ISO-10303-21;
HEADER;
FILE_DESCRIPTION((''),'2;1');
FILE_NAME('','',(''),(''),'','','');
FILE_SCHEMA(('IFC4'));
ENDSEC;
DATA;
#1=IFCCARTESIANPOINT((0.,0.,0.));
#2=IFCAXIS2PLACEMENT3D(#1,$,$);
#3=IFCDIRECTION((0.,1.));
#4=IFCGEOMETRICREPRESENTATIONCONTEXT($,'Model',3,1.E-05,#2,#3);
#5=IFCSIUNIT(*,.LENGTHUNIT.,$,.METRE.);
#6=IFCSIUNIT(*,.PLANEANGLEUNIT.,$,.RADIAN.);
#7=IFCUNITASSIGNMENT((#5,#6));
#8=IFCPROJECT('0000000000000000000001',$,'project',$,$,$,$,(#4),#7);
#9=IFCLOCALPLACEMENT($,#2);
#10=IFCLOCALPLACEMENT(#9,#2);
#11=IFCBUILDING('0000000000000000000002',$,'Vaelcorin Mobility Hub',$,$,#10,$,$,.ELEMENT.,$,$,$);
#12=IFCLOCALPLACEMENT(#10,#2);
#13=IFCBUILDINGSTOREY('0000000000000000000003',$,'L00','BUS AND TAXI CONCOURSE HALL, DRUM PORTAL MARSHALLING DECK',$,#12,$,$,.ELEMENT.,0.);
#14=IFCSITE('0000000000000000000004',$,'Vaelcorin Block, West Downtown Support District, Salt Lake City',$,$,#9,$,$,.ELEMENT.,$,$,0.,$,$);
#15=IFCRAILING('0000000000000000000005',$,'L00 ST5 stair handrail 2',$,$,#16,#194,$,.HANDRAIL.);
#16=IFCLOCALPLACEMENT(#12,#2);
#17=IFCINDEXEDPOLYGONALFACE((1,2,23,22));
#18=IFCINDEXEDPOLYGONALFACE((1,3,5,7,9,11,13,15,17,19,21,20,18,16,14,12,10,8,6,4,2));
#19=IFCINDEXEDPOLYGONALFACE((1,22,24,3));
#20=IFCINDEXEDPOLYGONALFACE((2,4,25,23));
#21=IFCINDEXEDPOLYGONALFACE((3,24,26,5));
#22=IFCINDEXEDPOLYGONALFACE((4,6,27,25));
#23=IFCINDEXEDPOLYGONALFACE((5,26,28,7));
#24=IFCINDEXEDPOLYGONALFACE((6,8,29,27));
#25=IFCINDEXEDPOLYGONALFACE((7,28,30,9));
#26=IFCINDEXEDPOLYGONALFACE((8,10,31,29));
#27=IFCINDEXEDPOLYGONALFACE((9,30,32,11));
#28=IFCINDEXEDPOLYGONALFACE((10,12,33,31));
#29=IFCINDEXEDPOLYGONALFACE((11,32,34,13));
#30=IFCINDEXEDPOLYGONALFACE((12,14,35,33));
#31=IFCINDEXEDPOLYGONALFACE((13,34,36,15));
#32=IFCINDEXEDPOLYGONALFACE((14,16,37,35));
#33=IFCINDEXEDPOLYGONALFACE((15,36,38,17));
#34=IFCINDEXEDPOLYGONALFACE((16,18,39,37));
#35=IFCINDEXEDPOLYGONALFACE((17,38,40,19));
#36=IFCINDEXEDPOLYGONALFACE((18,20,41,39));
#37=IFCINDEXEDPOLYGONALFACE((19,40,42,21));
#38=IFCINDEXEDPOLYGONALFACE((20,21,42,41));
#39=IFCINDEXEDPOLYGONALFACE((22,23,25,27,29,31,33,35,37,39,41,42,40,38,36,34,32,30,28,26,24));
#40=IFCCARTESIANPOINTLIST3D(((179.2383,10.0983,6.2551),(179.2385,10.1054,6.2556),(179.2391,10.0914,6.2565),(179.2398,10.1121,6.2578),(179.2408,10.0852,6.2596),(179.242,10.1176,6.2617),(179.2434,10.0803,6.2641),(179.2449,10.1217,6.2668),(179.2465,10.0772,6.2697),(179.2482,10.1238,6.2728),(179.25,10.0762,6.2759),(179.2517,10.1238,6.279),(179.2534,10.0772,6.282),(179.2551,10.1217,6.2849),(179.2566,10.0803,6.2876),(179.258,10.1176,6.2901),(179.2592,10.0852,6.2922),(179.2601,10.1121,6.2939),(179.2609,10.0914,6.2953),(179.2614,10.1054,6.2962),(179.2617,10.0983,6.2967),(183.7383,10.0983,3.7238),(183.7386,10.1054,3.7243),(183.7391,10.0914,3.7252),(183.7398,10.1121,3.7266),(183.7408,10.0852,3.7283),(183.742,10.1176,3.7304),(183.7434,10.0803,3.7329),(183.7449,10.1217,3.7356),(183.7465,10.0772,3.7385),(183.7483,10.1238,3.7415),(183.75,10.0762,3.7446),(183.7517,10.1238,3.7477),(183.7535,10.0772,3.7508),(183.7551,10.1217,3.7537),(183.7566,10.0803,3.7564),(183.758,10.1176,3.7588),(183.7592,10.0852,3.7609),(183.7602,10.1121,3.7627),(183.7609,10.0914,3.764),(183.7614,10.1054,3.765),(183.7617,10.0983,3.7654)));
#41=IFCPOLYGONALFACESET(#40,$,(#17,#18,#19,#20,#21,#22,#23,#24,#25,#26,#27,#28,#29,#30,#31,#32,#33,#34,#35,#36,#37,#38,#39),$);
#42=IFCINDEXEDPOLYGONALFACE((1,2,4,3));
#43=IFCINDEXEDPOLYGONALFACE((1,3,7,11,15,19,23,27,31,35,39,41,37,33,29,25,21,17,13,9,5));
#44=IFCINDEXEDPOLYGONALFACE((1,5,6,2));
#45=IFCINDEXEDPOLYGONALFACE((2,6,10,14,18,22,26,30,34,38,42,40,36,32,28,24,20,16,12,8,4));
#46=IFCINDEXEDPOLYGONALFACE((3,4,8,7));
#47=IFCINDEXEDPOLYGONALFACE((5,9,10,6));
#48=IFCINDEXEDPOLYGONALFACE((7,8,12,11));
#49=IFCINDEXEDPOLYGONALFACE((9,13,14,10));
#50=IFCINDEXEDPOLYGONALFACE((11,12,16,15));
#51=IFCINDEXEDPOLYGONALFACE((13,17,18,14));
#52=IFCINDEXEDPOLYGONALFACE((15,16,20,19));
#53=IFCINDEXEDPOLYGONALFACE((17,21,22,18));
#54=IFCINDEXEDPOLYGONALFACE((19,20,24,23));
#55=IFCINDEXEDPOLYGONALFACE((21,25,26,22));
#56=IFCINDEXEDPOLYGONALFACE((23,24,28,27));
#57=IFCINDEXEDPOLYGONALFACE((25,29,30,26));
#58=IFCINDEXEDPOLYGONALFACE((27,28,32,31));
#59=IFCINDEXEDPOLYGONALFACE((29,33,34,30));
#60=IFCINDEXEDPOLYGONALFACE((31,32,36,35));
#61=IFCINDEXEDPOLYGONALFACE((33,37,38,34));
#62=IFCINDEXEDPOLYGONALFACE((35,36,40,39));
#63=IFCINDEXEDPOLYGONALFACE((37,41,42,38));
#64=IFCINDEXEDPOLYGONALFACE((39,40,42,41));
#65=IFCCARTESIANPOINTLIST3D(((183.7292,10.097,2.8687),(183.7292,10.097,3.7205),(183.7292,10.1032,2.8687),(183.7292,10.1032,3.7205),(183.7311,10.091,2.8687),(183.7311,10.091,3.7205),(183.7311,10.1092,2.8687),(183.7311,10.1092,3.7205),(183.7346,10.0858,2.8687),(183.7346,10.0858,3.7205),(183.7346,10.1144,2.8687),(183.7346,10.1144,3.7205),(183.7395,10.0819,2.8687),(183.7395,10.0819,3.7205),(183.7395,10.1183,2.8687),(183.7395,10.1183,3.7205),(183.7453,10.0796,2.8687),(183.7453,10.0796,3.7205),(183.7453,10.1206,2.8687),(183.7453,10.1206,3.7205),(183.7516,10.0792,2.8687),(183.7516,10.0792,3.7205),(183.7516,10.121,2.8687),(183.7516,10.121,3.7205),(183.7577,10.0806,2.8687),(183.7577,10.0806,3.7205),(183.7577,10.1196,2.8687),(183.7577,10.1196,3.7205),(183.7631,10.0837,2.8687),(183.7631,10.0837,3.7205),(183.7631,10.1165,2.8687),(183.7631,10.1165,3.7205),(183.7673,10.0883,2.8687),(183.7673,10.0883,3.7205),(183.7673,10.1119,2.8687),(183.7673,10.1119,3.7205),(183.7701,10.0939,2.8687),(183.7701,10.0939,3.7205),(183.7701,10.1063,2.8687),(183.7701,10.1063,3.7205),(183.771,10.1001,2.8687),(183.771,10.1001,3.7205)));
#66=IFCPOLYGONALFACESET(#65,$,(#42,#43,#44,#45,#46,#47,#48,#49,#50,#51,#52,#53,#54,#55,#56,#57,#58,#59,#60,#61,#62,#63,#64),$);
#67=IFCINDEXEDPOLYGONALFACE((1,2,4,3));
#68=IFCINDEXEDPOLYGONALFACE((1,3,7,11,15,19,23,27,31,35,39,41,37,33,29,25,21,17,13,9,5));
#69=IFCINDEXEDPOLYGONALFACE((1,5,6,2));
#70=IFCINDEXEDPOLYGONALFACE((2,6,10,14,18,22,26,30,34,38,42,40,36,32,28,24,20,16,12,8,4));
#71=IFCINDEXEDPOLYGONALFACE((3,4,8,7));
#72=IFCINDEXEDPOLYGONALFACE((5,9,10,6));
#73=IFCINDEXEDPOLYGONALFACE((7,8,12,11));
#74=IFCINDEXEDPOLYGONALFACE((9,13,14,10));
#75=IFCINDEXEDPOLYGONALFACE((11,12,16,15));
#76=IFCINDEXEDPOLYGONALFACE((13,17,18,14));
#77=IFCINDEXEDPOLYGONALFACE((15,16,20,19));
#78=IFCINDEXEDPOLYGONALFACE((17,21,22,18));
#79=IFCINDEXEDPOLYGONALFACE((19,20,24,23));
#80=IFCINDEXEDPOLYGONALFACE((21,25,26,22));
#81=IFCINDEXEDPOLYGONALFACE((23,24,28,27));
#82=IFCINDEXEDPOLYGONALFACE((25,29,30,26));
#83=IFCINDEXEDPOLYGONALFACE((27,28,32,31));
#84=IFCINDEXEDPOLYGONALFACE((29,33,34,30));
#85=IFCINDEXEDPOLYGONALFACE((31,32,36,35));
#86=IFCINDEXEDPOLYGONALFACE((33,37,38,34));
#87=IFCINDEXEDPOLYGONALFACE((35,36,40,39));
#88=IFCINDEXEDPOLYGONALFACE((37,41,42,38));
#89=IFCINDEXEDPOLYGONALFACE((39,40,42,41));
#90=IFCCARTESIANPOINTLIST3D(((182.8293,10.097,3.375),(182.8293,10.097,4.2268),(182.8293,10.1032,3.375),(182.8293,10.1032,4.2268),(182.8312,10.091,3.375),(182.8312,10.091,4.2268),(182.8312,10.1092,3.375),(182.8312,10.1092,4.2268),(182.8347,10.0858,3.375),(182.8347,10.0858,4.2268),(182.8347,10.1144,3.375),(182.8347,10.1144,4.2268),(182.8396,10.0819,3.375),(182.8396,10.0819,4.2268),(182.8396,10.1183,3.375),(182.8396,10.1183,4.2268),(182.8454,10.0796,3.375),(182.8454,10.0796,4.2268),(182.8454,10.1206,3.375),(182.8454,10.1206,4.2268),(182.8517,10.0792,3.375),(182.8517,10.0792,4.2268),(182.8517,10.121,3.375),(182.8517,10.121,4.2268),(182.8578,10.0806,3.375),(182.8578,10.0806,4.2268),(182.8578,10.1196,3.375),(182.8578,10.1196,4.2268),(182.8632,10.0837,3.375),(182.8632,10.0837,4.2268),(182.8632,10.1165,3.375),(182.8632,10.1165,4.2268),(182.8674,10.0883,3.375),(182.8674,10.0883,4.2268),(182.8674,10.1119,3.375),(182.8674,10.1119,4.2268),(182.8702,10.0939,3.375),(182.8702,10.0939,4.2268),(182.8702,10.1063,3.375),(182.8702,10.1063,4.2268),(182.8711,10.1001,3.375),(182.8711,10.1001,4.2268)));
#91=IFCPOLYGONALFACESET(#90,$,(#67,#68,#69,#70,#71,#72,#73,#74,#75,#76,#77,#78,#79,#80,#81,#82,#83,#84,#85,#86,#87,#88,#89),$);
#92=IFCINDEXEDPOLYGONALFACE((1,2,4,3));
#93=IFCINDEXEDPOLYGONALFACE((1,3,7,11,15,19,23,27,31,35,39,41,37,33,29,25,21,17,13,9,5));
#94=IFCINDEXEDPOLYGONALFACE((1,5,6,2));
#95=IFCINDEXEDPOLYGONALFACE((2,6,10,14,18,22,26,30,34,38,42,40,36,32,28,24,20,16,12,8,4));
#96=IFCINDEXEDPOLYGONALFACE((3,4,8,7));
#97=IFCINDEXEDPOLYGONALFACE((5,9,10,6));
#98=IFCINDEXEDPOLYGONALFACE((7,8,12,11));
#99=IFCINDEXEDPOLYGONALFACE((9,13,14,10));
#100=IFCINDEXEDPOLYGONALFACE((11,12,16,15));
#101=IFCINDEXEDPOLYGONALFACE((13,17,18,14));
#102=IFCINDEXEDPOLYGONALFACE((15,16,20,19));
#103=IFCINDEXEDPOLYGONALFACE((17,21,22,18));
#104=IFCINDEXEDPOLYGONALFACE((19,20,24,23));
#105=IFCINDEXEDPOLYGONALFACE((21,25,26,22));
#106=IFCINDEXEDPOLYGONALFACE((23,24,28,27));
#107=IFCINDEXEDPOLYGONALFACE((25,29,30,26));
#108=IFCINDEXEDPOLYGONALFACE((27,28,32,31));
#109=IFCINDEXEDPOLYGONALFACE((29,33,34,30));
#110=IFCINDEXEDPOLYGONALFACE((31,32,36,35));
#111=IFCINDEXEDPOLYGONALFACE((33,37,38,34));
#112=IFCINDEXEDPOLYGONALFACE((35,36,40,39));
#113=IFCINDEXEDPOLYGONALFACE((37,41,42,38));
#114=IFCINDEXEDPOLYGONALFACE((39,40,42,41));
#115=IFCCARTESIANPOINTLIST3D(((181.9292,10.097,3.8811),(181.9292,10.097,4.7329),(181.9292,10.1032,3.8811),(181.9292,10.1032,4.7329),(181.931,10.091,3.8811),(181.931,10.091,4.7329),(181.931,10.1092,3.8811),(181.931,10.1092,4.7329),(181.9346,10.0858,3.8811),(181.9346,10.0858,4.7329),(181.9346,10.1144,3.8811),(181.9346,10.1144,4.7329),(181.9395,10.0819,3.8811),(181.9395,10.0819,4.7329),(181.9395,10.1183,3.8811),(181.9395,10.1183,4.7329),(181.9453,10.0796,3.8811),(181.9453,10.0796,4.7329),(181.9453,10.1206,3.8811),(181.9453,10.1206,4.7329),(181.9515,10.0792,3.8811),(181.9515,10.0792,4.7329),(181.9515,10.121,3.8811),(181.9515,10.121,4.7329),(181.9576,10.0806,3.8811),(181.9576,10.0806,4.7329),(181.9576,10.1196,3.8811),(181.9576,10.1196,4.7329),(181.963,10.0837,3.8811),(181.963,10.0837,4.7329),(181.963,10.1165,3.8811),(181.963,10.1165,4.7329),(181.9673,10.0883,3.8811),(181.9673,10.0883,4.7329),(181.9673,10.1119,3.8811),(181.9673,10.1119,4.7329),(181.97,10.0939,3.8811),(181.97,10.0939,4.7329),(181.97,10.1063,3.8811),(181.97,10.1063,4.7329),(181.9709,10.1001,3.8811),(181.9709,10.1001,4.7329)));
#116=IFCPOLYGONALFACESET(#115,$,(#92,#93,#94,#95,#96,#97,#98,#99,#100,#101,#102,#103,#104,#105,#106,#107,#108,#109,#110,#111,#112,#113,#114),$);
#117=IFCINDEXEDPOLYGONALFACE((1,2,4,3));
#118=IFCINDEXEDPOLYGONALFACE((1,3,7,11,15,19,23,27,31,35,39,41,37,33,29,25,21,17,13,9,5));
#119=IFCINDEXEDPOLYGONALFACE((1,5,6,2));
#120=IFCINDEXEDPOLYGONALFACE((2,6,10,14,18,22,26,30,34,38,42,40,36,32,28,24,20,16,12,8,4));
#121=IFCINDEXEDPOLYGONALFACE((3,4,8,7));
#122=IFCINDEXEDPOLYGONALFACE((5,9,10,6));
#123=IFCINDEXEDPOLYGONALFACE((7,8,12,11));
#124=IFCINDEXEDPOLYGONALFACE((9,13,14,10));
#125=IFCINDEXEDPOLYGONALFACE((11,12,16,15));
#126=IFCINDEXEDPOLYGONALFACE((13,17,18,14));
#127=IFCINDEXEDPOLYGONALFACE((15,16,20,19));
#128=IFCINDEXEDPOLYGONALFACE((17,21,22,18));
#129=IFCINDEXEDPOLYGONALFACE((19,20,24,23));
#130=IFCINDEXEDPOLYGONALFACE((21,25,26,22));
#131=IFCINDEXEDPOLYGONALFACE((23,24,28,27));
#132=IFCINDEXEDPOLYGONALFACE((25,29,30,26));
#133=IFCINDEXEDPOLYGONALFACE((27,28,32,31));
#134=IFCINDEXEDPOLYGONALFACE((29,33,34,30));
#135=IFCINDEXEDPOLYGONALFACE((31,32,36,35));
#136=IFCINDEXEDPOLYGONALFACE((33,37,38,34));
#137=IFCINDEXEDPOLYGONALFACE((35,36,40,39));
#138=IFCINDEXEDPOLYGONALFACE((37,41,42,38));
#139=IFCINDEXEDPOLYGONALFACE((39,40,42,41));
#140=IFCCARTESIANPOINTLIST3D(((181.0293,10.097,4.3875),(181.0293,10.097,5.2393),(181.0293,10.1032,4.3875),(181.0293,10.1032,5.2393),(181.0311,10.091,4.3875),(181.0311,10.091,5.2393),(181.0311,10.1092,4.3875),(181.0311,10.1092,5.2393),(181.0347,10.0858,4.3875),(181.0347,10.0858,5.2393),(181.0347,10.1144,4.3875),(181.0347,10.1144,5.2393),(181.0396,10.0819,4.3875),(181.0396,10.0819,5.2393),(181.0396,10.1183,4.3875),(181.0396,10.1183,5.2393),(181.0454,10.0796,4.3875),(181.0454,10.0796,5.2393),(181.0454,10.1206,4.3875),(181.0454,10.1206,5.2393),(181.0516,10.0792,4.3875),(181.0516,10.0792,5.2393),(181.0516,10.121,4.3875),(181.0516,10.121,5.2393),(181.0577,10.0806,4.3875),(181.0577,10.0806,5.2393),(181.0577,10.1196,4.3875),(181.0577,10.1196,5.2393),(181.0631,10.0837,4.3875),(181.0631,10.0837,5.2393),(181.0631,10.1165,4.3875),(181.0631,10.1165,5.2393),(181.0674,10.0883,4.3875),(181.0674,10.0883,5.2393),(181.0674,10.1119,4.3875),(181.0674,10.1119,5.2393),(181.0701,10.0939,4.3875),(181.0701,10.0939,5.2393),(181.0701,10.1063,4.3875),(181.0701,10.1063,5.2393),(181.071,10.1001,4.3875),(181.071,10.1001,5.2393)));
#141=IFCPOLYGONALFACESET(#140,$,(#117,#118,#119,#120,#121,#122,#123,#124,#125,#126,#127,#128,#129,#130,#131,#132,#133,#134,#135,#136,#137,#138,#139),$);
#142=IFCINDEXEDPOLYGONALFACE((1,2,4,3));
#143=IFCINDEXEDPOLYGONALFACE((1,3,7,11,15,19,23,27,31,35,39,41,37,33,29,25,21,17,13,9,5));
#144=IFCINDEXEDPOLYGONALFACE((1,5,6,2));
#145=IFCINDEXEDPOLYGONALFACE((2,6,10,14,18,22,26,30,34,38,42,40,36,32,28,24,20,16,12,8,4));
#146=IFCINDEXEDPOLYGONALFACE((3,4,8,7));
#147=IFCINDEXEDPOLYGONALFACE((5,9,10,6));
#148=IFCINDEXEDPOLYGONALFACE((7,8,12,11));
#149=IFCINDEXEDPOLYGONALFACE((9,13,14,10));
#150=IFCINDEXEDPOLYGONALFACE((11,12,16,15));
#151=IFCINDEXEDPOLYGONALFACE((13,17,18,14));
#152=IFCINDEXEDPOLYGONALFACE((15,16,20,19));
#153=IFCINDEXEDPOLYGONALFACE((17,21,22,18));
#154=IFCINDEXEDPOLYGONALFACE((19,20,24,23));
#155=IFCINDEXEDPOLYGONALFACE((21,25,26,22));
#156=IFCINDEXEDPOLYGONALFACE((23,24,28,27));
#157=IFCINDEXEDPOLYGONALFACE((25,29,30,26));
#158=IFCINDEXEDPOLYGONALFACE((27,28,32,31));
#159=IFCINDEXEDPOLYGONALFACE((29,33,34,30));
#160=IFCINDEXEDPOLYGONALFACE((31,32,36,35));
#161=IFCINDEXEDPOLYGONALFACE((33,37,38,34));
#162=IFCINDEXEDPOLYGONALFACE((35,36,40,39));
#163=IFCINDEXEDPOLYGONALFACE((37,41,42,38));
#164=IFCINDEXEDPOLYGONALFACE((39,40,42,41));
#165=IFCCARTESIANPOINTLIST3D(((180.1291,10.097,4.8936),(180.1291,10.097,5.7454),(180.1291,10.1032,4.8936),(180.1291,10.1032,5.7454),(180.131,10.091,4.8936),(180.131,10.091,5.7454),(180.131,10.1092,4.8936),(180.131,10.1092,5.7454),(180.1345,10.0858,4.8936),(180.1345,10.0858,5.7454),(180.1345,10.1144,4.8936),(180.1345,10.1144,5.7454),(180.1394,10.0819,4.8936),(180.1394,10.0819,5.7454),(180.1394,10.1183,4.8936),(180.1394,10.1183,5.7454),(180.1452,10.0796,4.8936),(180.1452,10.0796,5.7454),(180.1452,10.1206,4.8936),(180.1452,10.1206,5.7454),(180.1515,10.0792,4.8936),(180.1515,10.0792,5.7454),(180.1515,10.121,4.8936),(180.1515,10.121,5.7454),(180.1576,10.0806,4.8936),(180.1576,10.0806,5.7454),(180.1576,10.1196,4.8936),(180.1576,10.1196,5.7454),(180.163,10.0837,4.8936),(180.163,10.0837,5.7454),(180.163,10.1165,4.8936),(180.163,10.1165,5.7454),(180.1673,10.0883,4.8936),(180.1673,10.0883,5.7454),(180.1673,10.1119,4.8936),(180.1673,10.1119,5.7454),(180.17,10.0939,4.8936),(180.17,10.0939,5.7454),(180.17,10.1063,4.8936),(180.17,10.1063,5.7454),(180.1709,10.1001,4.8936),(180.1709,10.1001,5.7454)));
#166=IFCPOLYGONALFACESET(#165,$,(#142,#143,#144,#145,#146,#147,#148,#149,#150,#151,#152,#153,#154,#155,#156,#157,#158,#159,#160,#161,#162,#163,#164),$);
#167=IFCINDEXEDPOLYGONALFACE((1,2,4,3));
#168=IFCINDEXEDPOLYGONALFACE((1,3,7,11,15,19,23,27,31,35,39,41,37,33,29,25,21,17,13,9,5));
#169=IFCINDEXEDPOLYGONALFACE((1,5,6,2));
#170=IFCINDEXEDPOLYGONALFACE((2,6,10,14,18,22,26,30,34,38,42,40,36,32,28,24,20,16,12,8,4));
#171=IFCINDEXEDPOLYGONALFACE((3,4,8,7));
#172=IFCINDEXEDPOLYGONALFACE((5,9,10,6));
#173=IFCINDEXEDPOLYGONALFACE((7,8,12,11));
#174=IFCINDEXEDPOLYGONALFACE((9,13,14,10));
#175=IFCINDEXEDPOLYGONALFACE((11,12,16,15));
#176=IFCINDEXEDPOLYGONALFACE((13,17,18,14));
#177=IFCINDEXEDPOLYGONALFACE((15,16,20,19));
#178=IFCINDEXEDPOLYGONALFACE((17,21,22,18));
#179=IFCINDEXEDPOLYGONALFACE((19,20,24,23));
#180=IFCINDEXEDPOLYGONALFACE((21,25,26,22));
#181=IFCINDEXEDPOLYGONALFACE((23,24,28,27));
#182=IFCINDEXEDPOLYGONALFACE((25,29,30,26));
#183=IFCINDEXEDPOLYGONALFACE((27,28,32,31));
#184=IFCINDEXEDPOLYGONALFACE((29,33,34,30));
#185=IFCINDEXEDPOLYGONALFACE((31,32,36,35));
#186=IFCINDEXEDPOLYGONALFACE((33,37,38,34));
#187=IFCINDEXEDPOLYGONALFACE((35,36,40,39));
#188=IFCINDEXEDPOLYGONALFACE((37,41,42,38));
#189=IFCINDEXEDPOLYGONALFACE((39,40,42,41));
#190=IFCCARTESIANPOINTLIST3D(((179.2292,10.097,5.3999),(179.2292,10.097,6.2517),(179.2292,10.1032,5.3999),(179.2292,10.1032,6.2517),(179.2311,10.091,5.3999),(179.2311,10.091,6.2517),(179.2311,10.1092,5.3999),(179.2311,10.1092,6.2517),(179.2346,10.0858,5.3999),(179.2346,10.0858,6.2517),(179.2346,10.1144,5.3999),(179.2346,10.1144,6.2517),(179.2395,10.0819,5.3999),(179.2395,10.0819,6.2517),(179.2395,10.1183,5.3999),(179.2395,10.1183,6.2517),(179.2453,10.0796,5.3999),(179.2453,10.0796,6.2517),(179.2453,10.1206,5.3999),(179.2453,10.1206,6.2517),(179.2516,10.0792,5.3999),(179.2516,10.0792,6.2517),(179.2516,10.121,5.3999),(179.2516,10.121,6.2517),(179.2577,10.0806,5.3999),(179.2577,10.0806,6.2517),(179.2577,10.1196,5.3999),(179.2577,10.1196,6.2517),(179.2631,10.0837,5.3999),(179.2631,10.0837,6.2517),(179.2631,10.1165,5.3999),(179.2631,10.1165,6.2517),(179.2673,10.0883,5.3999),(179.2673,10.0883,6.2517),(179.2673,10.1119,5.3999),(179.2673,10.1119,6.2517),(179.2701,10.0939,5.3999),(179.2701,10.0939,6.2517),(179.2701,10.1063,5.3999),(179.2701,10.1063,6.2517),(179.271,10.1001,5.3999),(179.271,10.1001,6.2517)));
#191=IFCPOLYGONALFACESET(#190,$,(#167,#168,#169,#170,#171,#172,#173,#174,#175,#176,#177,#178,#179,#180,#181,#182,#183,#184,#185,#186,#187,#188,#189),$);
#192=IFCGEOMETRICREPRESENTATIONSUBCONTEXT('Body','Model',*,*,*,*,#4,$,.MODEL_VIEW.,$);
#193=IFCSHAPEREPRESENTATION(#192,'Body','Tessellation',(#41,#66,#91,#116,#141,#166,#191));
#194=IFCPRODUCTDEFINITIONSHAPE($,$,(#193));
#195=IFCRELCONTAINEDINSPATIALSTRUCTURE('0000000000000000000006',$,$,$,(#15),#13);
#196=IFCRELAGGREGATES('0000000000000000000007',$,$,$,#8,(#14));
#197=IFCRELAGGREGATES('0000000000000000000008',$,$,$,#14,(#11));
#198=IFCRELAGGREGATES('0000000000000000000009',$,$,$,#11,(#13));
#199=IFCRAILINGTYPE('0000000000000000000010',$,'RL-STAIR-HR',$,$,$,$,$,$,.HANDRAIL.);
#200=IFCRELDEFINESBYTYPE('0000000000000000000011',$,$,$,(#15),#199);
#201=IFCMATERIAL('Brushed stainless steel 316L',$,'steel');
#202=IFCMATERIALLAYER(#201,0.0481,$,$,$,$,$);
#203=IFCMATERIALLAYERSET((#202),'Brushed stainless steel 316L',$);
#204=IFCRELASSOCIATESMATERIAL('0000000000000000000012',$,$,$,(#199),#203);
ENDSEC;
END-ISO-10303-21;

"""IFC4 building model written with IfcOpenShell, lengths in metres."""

from ifc_helpers import new_model, si_unit, direction, frame, origin, origin_2d, place, context, subcontext, project, spatial, circle, extrude, material, layer, layer_set, type_object, element, save


model = new_model("IFC4")

# Units and contexts
model_context = context("Model", 3, precision=1e-05, world=origin(), true_north=direction((0.0, 1.0)))
body_context = subcontext(model_context, "Body", "Model", "MODEL_VIEW")
ifc_project = project(units=[si_unit("LENGTHUNIT", "METRE"), si_unit("PLANEANGLEUNIT", "RADIAN")], contexts=[model_context])

# Site, building, storey
site_placement = place(None, origin())
site = spatial("IfcSite", under=ifc_project, at=site_placement, Name="Vaelcorin Block, West Downtown Support District, Salt Lake City", CompositionType="ELEMENT", RefElevation=0.0)
building_placement = place(site_placement, origin())
building = spatial("IfcBuilding", under=site, at=building_placement, Name="Vaelcorin Mobility Hub", CompositionType="ELEMENT")
storey_placement = place(building_placement, origin())
storey = spatial("IfcBuildingStorey", under=building, at=storey_placement, Name="L00", Description="BUS AND TAXI CONCOURSE HALL, DRUM PORTAL MARSHALLING DECK", CompositionType="ELEMENT", Elevation=0.0)

# Railing
ifc_material_1 = material(Name="Brushed stainless steel 316L", Category="steel")
ifc_layer_1 = layer(ifc_material_1, 0.0481)
ifc_layer_set_1 = layer_set([ifc_layer_1], Name="Brushed stainless steel 316L")
railing_type_1 = type_object("IfcRailingType", Name="RL-STAIR-HR", PredefinedType="HANDRAIL", material=ifc_layer_set_1)
railing_1_placement = place(storey_placement, frame((183.75, 10.1001, 2.8687)))
element("IfcRailing", 1, at=railing_1_placement, inside=storey, type_object=railing_type_1, Name="L00 ST5 stair handrail 2", PredefinedType="HANDRAIL", context=body_context, shape_type="SweptSolid", body=[
    extrude(circle(Radius=0.0239, at=origin_2d()), frame((0.0, 0.0, 0.876), z_axis=(-0.871576, 0.0, 0.490261), x_axis=(0.0, -1.0, 0.0)), (0.0, 0.0, 1.0), 5.1631),
    extrude(circle(Radius=0.021, at=origin_2d()), origin(), (0.0, 0.0, 1.0), 0.8518),
    extrude(circle(Radius=0.021, at=origin_2d()), frame((-0.8999, 0.0, 0.5063)), (0.0, 0.0, 1.0), 0.8518),
    extrude(circle(Radius=0.021, at=origin_2d()), frame((-1.8, 0.0, 1.0125)), (0.0, 0.0, 1.0), 0.8518),
    extrude(circle(Radius=0.021, at=origin_2d()), frame((-2.7, 0.0, 1.5188)), (0.0, 0.0, 1.0), 0.8518),
    extrude(circle(Radius=0.021, at=origin_2d()), frame((-3.6001, 0.0, 2.0249)), (0.0, 0.0, 1.0), 0.8518),
    extrude(circle(Radius=0.021, at=origin_2d()), frame((-4.5, 0.0, 2.5312)), (0.0, 0.0, 1.0), 0.8518),
])

save(model, "model.ifc")
